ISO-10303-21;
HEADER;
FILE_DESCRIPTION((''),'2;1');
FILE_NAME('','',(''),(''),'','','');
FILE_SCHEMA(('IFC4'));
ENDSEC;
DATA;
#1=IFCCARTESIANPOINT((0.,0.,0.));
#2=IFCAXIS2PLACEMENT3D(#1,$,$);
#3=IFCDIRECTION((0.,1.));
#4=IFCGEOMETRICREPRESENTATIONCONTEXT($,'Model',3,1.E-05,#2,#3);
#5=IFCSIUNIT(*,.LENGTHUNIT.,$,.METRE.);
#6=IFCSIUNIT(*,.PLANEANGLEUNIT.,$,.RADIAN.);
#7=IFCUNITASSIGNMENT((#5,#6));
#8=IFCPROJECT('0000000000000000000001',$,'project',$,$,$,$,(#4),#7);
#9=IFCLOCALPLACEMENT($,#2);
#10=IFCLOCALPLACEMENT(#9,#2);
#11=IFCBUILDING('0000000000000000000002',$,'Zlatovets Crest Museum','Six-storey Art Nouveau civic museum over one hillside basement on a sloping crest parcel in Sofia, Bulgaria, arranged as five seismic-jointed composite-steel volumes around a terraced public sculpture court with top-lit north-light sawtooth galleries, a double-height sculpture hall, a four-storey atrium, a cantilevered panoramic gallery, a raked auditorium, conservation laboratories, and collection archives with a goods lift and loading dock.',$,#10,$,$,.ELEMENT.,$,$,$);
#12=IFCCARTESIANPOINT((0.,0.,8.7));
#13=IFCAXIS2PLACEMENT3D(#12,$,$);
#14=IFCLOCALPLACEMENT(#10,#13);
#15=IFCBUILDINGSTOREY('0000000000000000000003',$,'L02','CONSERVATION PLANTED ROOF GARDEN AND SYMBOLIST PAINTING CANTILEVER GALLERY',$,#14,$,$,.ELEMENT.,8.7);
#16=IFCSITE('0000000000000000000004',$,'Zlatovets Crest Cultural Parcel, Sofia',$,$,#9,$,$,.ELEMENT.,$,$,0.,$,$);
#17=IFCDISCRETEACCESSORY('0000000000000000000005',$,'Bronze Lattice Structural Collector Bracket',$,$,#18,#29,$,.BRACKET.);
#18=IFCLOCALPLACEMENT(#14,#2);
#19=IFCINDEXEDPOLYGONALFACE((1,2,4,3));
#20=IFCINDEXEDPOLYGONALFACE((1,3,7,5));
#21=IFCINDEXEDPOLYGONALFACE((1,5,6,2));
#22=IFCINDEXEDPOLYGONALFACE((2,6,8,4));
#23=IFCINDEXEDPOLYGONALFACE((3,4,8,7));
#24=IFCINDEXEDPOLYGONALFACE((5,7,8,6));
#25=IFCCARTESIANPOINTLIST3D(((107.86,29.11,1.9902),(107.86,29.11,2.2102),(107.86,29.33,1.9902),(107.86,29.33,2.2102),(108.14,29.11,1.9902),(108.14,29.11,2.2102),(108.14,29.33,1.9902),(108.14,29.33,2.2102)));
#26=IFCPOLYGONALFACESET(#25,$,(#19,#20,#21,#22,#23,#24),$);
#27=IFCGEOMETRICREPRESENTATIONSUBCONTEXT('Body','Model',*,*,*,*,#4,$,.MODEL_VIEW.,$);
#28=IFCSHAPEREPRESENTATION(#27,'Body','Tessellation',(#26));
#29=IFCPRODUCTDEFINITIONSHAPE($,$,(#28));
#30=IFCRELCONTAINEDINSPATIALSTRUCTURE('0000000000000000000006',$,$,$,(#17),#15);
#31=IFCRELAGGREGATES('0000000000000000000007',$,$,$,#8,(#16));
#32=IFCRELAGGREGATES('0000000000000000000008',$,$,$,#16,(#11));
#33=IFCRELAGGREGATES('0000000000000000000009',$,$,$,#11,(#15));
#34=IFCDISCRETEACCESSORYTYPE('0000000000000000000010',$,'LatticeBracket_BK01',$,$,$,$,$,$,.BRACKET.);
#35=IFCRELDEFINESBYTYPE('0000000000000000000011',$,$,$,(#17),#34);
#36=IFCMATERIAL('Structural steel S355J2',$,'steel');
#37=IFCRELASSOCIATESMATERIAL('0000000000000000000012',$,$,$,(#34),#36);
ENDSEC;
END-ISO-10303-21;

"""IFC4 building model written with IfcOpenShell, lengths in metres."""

from ifc_helpers import new_model, si_unit, direction, frame, origin, origin_2d, place, context, subcontext, project, spatial, rectangle, extrude, material, type_object, element, save


model = new_model("IFC4")

# Units and contexts
model_context = context("Model", 3, precision=1e-05, world=origin(), true_north=direction((0.0, 1.0)))
body_context = subcontext(model_context, "Body", "Model", "MODEL_VIEW")
ifc_project = project(units=[si_unit("LENGTHUNIT", "METRE"), si_unit("PLANEANGLEUNIT", "RADIAN")], contexts=[model_context])

# Site, building, storey
site_placement = place(None, origin())
site = spatial("IfcSite", under=ifc_project, at=site_placement, Name="Zlatovets Crest Cultural Parcel, Sofia", CompositionType="ELEMENT", RefElevation=0.0)
building_placement = place(site_placement, origin())
building = spatial("IfcBuilding", under=site, at=building_placement, Name="Zlatovets Crest Museum", Description="Six-storey Art Nouveau civic museum over one hillside basement on a sloping crest parcel in Sofia, Bulgaria, arranged as five seismic-jointed composite-steel volumes around a terraced public sculpture court with top-lit north-light sawtooth galleries, a double-height sculpture hall, a four-storey atrium, a cantilevered panoramic gallery, a raked auditorium, conservation laboratories, and collection archives with a goods lift and loading dock.", CompositionType="ELEMENT")
storey_placement = place(building_placement, frame((0.0, 0.0, 8.7)))
storey = spatial("IfcBuildingStorey", under=building, at=storey_placement, Name="L02", Description="CONSERVATION PLANTED ROOF GARDEN AND SYMBOLIST PAINTING CANTILEVER GALLERY", CompositionType="ELEMENT", Elevation=8.7)

# Shared definitions
ifc_material_1 = material(Name="Structural steel S355J2", Category="steel")

# Discrete accessory
discrete_accessory_type_1 = type_object("IfcDiscreteAccessoryType", Name="LatticeBracket_BK01", PredefinedType="BRACKET", material=ifc_material_1)
discrete_accessory_1_placement = place(storey_placement, frame((108.0, 29.22, 1.9902), z_axis=(0.0, 0.0, 1.0), x_axis=(1.0, 0.0, 0.0)))
element("IfcDiscreteAccessory", 1, at=discrete_accessory_1_placement, inside=storey, type_object=discrete_accessory_type_1, Name="Bronze Lattice Structural Collector Bracket", PredefinedType="BRACKET", context=body_context, shape_type="SweptSolid", body=[
    extrude(rectangle(XDim=0.28, YDim=0.22, at=origin_2d()), origin(), (0.0, 0.0, 1.0), 0.22),
])

save(model, "model.ifc")
